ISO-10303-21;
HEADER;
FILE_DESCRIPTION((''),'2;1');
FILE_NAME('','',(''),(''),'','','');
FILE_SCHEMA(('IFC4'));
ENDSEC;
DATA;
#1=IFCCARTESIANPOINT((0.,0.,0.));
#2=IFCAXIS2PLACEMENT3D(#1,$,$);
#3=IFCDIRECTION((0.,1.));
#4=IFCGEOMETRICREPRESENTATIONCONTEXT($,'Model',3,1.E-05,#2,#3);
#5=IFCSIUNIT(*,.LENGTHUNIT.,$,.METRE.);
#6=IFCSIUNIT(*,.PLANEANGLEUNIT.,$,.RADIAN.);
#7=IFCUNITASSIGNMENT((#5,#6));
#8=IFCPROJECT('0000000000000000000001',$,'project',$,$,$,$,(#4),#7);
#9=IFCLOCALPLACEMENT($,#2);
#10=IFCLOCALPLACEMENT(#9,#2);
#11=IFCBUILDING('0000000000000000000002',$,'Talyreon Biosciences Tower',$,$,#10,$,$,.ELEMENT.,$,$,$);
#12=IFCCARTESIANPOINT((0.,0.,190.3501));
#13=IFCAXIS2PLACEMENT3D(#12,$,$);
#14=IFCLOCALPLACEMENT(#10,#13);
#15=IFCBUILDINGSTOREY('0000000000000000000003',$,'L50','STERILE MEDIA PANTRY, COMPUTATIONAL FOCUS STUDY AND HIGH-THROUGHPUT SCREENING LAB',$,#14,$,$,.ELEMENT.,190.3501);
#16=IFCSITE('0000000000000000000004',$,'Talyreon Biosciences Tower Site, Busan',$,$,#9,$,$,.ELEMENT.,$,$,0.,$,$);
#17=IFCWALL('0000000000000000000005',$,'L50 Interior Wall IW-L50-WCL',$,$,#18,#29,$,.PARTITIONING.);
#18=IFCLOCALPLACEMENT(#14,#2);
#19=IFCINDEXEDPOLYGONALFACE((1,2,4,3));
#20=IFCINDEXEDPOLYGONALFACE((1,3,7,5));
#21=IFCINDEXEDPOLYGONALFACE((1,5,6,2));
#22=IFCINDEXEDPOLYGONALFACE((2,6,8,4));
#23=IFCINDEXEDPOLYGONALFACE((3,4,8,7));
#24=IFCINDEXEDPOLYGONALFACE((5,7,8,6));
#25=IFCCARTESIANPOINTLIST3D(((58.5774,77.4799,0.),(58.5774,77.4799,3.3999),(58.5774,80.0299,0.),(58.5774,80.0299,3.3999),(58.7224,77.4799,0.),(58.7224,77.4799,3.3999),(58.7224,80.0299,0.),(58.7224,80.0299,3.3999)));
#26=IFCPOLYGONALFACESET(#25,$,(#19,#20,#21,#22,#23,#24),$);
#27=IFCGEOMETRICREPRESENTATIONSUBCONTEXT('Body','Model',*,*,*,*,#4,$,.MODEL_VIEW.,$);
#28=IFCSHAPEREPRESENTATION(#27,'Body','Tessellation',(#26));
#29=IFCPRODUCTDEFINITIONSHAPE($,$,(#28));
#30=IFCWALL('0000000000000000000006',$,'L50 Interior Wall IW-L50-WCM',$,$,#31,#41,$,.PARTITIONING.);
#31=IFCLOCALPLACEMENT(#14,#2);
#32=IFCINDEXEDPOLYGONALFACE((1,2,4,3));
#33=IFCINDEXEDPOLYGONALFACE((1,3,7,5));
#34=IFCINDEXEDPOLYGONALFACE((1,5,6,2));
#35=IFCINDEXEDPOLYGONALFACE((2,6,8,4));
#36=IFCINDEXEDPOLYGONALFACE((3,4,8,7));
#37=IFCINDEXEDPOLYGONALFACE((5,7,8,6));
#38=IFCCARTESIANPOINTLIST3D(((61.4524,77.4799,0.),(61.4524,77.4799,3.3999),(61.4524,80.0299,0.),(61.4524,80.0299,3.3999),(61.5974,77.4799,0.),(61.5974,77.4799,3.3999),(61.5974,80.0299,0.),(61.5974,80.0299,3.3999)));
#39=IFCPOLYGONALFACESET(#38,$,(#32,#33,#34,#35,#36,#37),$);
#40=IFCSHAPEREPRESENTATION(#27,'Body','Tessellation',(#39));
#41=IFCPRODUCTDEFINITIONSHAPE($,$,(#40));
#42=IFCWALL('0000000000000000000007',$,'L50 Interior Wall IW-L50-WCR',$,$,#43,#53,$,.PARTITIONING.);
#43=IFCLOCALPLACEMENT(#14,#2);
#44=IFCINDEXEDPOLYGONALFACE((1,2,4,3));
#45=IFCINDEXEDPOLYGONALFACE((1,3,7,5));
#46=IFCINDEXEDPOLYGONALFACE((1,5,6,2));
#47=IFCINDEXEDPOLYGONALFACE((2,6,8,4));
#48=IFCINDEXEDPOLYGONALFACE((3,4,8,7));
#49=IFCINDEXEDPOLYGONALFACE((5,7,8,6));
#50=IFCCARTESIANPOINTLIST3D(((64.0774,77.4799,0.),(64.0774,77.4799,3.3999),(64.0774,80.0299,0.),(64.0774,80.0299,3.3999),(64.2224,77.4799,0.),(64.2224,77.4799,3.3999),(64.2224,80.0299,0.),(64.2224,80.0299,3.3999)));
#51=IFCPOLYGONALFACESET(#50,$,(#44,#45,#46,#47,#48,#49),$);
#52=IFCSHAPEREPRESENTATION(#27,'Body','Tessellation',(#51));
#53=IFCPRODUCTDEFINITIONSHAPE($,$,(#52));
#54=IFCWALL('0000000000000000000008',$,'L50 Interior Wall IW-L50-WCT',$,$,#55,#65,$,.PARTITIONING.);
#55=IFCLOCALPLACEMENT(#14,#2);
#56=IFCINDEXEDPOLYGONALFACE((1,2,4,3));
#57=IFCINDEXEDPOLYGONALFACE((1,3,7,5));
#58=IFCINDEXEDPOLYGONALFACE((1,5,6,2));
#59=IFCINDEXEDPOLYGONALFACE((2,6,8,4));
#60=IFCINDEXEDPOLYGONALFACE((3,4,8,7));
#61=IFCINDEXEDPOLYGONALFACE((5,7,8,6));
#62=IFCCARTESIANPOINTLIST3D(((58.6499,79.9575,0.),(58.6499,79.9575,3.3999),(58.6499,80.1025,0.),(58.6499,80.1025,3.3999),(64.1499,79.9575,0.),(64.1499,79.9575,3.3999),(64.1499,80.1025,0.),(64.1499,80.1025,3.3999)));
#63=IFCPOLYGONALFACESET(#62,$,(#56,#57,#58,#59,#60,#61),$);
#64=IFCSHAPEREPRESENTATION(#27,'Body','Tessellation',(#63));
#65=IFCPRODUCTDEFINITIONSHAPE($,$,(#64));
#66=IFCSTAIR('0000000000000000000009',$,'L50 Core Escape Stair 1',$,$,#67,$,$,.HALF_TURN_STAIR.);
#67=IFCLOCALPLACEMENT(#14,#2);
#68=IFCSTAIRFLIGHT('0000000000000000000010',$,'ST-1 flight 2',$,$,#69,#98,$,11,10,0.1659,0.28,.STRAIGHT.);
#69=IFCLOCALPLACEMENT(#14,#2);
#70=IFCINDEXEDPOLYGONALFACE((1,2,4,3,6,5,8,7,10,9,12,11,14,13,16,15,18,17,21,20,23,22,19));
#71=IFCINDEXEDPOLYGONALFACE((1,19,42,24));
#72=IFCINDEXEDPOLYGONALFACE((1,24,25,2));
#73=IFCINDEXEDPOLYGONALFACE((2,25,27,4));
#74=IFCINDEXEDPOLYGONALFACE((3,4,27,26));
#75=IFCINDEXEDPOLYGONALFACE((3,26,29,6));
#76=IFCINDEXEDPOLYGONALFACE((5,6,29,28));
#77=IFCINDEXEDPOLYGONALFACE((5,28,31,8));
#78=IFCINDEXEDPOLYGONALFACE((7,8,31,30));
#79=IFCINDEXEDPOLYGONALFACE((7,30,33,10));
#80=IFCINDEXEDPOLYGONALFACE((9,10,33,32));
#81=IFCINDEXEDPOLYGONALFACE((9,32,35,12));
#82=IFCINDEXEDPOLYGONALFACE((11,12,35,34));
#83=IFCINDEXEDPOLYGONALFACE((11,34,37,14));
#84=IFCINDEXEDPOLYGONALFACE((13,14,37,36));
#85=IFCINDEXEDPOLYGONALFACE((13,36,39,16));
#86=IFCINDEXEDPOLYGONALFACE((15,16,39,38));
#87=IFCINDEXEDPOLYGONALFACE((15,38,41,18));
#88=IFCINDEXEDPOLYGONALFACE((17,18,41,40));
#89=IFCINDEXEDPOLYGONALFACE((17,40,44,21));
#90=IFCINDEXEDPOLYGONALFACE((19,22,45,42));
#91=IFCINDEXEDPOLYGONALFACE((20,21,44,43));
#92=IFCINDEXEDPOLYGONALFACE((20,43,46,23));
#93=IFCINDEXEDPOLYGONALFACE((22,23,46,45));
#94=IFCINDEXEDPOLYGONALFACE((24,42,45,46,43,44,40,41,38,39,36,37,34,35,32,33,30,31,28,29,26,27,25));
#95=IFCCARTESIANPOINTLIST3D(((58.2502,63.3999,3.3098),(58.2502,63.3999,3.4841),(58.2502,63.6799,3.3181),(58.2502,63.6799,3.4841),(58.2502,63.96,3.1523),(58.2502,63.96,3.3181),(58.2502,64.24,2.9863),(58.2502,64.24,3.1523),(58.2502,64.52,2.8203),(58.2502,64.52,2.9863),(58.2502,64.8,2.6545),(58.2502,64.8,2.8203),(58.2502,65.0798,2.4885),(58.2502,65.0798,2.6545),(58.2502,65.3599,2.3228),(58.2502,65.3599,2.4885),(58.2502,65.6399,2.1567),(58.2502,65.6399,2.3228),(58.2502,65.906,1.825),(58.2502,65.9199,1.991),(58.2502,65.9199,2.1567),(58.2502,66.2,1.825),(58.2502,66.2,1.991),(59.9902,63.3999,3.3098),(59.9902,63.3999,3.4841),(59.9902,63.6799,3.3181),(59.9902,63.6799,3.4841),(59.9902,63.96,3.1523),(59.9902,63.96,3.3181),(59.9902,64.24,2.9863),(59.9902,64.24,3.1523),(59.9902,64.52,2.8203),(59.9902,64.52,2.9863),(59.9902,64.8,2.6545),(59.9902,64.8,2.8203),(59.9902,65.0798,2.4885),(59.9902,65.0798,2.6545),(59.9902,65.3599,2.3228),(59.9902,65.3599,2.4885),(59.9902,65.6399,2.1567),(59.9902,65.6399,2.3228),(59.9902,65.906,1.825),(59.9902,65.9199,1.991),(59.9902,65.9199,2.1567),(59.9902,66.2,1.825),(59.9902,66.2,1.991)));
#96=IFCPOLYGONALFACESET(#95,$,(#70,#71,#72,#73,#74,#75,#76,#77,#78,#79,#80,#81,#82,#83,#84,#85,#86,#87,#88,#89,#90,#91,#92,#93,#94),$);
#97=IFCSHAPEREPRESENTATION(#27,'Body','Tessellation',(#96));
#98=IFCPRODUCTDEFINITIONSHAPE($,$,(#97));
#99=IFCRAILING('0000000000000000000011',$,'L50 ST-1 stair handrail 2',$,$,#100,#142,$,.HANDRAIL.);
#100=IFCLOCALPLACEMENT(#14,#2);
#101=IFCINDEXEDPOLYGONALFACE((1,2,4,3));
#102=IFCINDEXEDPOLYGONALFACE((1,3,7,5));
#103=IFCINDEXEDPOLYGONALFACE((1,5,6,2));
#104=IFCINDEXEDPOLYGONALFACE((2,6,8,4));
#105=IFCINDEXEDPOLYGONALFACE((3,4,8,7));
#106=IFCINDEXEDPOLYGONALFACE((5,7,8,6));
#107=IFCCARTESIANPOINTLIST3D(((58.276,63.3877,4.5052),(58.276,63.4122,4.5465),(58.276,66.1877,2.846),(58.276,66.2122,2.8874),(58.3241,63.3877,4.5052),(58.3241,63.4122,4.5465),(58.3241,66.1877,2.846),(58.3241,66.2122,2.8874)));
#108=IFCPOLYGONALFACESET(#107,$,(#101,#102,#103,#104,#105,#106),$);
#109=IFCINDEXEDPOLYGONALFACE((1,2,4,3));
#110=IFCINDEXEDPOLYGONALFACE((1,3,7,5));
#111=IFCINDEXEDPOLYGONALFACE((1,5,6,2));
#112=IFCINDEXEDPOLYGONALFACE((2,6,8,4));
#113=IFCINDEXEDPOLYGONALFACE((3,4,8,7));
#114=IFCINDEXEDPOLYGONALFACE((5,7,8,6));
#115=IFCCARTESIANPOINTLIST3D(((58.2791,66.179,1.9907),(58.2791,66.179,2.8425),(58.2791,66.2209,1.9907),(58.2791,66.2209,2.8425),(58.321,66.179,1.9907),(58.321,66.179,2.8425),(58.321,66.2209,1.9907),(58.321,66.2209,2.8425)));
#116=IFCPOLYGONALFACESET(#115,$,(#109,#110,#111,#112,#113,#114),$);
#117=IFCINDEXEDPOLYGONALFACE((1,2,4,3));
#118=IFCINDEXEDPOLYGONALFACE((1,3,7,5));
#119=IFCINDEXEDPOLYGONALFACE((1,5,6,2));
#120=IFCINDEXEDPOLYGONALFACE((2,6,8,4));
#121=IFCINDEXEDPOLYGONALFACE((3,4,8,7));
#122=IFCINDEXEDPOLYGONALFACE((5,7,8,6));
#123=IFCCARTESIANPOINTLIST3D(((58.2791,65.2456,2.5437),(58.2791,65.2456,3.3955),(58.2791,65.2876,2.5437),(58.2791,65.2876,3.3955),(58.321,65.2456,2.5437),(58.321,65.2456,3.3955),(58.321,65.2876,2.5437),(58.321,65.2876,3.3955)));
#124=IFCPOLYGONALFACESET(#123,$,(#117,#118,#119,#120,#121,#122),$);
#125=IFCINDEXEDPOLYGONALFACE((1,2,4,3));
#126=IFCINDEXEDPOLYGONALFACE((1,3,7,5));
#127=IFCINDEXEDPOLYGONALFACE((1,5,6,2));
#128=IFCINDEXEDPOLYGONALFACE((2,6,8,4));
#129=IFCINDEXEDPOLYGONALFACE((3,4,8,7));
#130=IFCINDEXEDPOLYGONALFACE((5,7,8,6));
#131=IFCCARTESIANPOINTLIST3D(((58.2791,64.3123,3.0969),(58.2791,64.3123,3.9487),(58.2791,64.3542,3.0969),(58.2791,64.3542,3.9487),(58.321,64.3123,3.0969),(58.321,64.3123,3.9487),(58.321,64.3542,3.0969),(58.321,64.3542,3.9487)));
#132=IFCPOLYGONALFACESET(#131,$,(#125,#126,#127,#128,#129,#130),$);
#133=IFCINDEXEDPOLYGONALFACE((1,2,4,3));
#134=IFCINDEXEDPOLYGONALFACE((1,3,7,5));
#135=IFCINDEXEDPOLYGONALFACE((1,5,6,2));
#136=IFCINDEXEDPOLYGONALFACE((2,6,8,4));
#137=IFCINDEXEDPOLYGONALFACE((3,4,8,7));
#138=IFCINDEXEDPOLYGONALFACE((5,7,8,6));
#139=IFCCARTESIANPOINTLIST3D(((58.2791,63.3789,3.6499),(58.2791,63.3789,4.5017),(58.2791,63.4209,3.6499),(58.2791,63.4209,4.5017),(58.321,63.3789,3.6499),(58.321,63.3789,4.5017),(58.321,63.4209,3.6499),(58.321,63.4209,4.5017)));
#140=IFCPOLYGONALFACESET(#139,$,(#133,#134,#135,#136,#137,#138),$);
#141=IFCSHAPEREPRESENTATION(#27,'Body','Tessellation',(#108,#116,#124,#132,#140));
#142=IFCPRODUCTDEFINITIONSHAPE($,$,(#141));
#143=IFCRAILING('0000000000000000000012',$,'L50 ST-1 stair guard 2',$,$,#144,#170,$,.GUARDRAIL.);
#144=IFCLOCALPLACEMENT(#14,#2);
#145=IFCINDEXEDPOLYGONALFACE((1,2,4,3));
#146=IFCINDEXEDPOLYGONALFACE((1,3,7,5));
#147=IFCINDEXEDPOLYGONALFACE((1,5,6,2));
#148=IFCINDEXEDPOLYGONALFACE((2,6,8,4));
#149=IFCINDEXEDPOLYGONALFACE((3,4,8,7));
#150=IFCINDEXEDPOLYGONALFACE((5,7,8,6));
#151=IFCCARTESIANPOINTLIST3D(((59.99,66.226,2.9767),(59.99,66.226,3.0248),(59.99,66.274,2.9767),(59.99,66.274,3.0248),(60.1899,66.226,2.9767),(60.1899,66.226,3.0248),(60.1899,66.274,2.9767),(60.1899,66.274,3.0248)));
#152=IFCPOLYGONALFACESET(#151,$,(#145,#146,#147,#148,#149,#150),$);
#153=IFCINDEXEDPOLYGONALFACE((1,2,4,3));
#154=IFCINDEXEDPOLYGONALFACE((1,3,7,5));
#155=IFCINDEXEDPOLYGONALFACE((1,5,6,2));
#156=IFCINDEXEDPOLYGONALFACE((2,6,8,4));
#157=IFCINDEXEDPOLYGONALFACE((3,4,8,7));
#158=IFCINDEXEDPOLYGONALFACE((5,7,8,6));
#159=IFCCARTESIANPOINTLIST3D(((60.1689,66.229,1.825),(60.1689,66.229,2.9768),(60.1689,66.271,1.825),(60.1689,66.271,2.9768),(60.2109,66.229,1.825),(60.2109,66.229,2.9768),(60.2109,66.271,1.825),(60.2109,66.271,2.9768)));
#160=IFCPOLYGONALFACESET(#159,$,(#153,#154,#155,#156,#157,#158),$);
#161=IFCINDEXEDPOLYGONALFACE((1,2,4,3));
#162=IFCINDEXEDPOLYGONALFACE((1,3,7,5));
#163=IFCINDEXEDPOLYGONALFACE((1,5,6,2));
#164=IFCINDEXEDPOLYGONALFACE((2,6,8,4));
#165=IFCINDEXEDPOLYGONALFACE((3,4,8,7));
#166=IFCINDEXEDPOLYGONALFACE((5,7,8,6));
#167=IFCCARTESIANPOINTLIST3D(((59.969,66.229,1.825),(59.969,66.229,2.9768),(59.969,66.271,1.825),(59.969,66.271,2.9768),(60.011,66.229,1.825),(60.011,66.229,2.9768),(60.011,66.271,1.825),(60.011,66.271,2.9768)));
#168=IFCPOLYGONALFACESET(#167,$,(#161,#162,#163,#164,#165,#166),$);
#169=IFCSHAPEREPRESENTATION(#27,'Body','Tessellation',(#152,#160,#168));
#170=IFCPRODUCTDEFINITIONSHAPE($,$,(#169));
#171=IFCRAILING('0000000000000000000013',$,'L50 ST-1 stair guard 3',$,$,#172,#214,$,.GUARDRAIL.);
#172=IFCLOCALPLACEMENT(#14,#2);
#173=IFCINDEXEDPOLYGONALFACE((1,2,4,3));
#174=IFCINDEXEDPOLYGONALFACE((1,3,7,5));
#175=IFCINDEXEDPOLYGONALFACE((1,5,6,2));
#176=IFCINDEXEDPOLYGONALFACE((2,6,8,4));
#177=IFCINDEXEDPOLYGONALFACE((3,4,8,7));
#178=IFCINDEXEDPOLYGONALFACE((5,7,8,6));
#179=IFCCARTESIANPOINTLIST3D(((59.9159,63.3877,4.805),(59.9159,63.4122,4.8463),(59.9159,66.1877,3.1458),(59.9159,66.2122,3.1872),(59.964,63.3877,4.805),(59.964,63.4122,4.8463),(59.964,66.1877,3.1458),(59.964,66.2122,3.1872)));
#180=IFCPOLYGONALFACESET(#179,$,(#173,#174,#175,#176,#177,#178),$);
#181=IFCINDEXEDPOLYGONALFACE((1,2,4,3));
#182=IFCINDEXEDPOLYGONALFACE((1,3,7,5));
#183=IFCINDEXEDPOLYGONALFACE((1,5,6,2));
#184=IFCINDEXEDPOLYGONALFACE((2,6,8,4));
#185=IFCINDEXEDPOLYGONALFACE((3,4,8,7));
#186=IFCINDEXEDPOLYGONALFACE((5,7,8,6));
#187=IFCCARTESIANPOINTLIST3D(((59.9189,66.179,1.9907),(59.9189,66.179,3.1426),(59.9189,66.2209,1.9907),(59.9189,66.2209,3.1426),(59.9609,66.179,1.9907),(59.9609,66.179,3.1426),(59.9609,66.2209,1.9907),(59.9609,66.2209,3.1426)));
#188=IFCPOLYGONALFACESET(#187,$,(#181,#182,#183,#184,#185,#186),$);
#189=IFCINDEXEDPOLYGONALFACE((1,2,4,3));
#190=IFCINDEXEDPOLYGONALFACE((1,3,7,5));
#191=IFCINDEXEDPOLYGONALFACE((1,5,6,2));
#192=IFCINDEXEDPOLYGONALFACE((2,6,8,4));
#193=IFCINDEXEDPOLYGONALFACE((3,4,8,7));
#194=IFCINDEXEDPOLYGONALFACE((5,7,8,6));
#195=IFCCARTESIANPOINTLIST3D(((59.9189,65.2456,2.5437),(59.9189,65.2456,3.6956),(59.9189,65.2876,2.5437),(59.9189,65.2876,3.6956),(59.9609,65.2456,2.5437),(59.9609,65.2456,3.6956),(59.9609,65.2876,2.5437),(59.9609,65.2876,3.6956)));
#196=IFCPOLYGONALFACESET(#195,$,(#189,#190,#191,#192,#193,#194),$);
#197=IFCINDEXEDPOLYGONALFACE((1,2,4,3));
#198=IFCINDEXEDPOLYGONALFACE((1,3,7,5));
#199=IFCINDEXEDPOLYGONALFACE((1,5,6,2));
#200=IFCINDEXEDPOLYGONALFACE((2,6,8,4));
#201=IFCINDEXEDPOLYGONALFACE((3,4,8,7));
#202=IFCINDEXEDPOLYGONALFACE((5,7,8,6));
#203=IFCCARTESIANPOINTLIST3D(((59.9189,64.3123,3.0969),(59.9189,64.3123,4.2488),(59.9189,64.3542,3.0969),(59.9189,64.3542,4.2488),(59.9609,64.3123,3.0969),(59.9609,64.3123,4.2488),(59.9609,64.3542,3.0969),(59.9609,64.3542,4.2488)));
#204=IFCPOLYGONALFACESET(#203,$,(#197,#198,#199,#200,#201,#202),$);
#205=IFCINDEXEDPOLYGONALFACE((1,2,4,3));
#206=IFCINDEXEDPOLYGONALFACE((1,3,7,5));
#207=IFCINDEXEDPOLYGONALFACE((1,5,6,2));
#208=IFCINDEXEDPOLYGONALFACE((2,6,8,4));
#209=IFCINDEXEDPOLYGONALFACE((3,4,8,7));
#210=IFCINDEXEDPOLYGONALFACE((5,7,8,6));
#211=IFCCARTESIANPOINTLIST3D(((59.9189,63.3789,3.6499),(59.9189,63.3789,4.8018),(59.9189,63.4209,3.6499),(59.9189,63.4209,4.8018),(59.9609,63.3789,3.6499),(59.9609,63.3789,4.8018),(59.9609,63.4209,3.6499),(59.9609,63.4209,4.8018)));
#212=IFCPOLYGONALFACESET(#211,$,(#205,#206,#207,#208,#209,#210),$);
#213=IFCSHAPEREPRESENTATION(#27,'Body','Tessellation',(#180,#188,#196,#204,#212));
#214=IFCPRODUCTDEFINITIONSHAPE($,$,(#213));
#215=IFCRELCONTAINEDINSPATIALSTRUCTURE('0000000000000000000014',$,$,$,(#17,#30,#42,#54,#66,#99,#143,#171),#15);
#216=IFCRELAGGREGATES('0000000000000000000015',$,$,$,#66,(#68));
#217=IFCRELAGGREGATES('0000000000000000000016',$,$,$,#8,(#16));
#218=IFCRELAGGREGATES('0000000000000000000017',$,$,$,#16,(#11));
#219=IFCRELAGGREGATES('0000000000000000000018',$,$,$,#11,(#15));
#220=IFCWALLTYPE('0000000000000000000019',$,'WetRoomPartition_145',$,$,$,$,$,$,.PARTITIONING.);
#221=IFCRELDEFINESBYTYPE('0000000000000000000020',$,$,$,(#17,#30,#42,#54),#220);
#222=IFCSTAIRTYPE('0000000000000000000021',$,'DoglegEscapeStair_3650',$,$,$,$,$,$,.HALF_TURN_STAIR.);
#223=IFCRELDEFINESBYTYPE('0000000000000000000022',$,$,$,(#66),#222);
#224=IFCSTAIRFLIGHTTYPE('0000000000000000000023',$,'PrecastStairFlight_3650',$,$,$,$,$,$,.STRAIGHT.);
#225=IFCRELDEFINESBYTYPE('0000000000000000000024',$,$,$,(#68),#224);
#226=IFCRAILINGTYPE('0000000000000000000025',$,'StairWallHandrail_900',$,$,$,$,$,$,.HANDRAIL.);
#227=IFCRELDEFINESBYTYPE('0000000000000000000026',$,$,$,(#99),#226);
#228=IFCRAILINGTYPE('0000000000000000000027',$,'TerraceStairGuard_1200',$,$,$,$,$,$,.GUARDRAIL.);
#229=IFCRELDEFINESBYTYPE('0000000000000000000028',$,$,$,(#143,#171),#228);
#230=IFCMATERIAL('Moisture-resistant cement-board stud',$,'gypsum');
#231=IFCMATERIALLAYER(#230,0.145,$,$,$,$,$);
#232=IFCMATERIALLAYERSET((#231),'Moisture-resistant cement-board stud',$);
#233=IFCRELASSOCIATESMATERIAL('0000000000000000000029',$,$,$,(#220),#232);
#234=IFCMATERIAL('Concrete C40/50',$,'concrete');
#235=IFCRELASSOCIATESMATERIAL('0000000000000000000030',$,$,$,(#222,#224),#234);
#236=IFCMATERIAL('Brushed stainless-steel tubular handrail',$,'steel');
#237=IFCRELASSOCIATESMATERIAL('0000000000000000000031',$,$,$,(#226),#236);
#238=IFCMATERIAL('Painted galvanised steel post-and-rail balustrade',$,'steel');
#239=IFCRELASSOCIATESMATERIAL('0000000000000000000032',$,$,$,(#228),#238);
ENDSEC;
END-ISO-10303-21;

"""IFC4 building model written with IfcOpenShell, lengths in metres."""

from ifc_helpers import new_model, si_unit, direction, frame, frame_2d, origin, origin_2d, place, context, subcontext, project, spatial, polyline, rectangle, outline, extrude, material, layer, layer_set, type_object, element, aggregate, save


model = new_model("IFC4")

# Units and contexts
model_context = context("Model", 3, precision=1e-05, world=origin(), true_north=direction((0.0, 1.0)))
body_context = subcontext(model_context, "Body", "Model", "MODEL_VIEW")
ifc_project = project(units=[si_unit("LENGTHUNIT", "METRE"), si_unit("PLANEANGLEUNIT", "RADIAN")], contexts=[model_context])

# Site, building, storey
site_placement = place(None, origin())
site = spatial("IfcSite", under=ifc_project, at=site_placement, Name="Talyreon Biosciences Tower Site, Busan", CompositionType="ELEMENT", RefElevation=0.0)
building_placement = place(site_placement, origin())
building = spatial("IfcBuilding", under=site, at=building_placement, Name="Talyreon Biosciences Tower", CompositionType="ELEMENT")
storey_placement = place(building_placement, frame((0.0, 0.0, 190.3501)))
storey = spatial("IfcBuildingStorey", under=building, at=storey_placement, Name="L50", Description="STERILE MEDIA PANTRY, COMPUTATIONAL FOCUS STUDY AND HIGH-THROUGHPUT SCREENING LAB", CompositionType="ELEMENT", Elevation=190.3501)

# Walls
ifc_material_1 = material(Name="Moisture-resistant cement-board stud", Category="gypsum")
ifc_layer_1 = layer(ifc_material_1, 0.145)
ifc_layer_set_1 = layer_set([ifc_layer_1], Name="Moisture-resistant cement-board stud")
wall_type_1 = type_object("IfcWallType", Name="WetRoomPartition_145", PredefinedType="PARTITIONING", material=ifc_layer_set_1)
for number, where, z_axis, x_axis, name in (
    (1, (58.6499, 77.48, 0.0), (0.0, 0.0, 1.0), (0.0, 1.0, 0.0), "L50 Interior Wall IW-L50-WCL"),
    (2, (61.5249, 77.48, 0.0), (0.0, 0.0, 1.0), (0.0, 1.0, 0.0), "L50 Interior Wall IW-L50-WCM"),
    (3, (64.1499, 77.48, 0.0), (0.0, 0.0, 1.0), (0.0, 1.0, 0.0), "L50 Interior Wall IW-L50-WCR"),
):
    element("IfcWall", number, at=place(storey_placement, frame(where, z_axis=z_axis, x_axis=x_axis)), inside=storey, type_object=wall_type_1, Name=name, PredefinedType="PARTITIONING", context=body_context, shape_type="SweptSolid", body=[
        extrude(rectangle(XDim=2.55, YDim=0.145, at=frame_2d((1.2749, 0.0))), origin(), (0.0, 0.0, 1.0), 3.3999),
    ])
wall_1_placement = place(storey_placement, frame((58.6499, 80.03, 0.0), z_axis=(0.0, 0.0, 1.0), x_axis=(1.0, 0.0, 0.0)))
element("IfcWall", 4, at=wall_1_placement, inside=storey, type_object=wall_type_1, Name="L50 Interior Wall IW-L50-WCT", PredefinedType="PARTITIONING", context=body_context, shape_type="SweptSolid", body=[
    extrude(rectangle(XDim=5.5, YDim=0.145, at=frame_2d((2.75, 0.0))), origin(), (0.0, 0.0, 1.0), 3.3999),
])

# Stair, stair flight
ifc_material_2 = material(Name="Concrete C40/50", Category="concrete")
stair_type = type_object("IfcStairType", Name="DoglegEscapeStair_3650", PredefinedType="HALF_TURN_STAIR", material=ifc_material_2)
stair_placement = place(storey_placement, origin())
stair = element("IfcStair", 5, at=stair_placement, inside=storey, type_object=stair_type, Name="L50 Core Escape Stair 1", PredefinedType="HALF_TURN_STAIR")
stair_flight_type = type_object("IfcStairFlightType", Name="PrecastStairFlight_3650", PredefinedType="STRAIGHT", material=ifc_material_2)
stair_flight_placement = place(storey_placement, frame((59.1201, 66.2, 1.825), z_axis=(0.0, 0.0, 1.0), x_axis=(0.0, -1.0, 0.0)))
stair_flight = element("IfcStairFlight", 6, at=stair_flight_placement, type_object=stair_flight_type, Name="ST-1 flight 2", NumberOfRisers=11, NumberOfTreads=10, PredefinedType="STRAIGHT", RiserHeight=0.1659, TreadLength=0.28, context=body_context, shape_type="SweptSolid", body=[
    extrude(outline(polyline([(0.0, 0.0), (0.0, 0.166), (0.28, 0.166), (0.28, 0.3318), (0.5601, 0.3318), (0.5601, 0.4978), (0.8401, 0.4978), (0.8401, 0.6636), (1.1201, 0.6636), (1.1201, 0.8296), (1.3999, 0.8296), (1.3999, 0.9954), (1.6799, 0.9954), (1.6799, 1.1614), (1.96, 1.1614), (1.96, 1.3274), (2.24, 1.3274), (2.24, 1.4932), (2.52, 1.4932), (2.52, 1.6592), (2.8, 1.6592), (2.8, 1.825), (2.8, 1.4849), (0.2939, 0.0), (0.0, 0.0)])), frame((0.0, 0.8701, 0.0), z_axis=(0.0, -1.0, 0.0), x_axis=(1.0, 0.0, 0.0)), (0.0, 0.0, 1.0), 1.74),
])
aggregate(stair, [stair_flight])

# Railings
ifc_material_3 = material(Name="Brushed stainless-steel tubular handrail", Category="steel")
railing_type_1 = type_object("IfcRailingType", Name="StairWallHandrail_900", PredefinedType="HANDRAIL", material=ifc_material_3)
railing_1_placement = place(storey_placement, frame((58.3, 66.2, 1.9907)))
element("IfcRailing", 7, at=railing_1_placement, inside=storey, type_object=railing_type_1, Name="L50 ST-1 stair handrail 2", PredefinedType="HANDRAIL", context=body_context, shape_type="SweptSolid", body=[
    extrude(rectangle(XDim=0.0481, YDim=0.0481, at=origin_2d()), frame((0.0, 0.0, 0.876), z_axis=(0.0, -0.860306, 0.509778), x_axis=(1.0, 0.0, 0.0)), (0.0, 0.0, 1.0), 3.2546),
    extrude(rectangle(XDim=0.042, YDim=0.042, at=origin_2d()), origin(), (0.0, 0.0, 1.0), 0.8518),
    extrude(rectangle(XDim=0.042, YDim=0.042, at=origin_2d()), frame((0.0, -0.9333, 0.553)), (0.0, 0.0, 1.0), 0.8518),
    extrude(rectangle(XDim=0.042, YDim=0.042, at=origin_2d()), frame((0.0, -1.8667, 1.1062)), (0.0, 0.0, 1.0), 0.8518),
    extrude(rectangle(XDim=0.042, YDim=0.042, at=origin_2d()), frame((0.0, -2.8, 1.6592)), (0.0, 0.0, 1.0), 0.8518),
])
ifc_material_4 = material(Name="Painted galvanised steel post-and-rail balustrade", Category="steel")
railing_type_2 = type_object("IfcRailingType", Name="TerraceStairGuard_1200", PredefinedType="GUARDRAIL", material=ifc_material_4)
railing_2_placement = place(storey_placement, frame((60.1899, 66.25, 1.825)))
element("IfcRailing", 8, at=railing_2_placement, inside=storey, type_object=railing_type_2, Name="L50 ST-1 stair guard 2", PredefinedType="GUARDRAIL", context=body_context, shape_type="SweptSolid", body=[
    extrude(rectangle(XDim=0.0481, YDim=0.0481, at=origin_2d()), frame((0.0, 0.0, 1.1758), z_axis=(-1.0, 0.0, 0.0), x_axis=(0.0, -1.0, 0.0)), (0.0, 0.0, 1.0), 0.2),
    extrude(rectangle(XDim=0.042, YDim=0.042, at=origin_2d()), origin(), (0.0, 0.0, 1.0), 1.1519),
    extrude(rectangle(XDim=0.042, YDim=0.042, at=origin_2d()), frame((-0.2, 0.0, 0.0)), (0.0, 0.0, 1.0), 1.1519),
])
railing_3_placement = place(storey_placement, frame((59.9399, 66.2, 1.9907)))
element("IfcRailing", 9, at=railing_3_placement, inside=storey, type_object=railing_type_2, Name="L50 ST-1 stair guard 3", PredefinedType="GUARDRAIL", context=body_context, shape_type="SweptSolid", body=[
    extrude(rectangle(XDim=0.0481, YDim=0.0481, at=origin_2d()), frame((0.0, 0.0, 1.1758), z_axis=(0.0, -0.860306, 0.509778), x_axis=(1.0, 0.0, 0.0)), (0.0, 0.0, 1.0), 3.2546),
    extrude(rectangle(XDim=0.042, YDim=0.042, at=origin_2d()), origin(), (0.0, 0.0, 1.0), 1.1519),
    extrude(rectangle(XDim=0.042, YDim=0.042, at=origin_2d()), frame((0.0, -0.9333, 0.553)), (0.0, 0.0, 1.0), 1.1519),
    extrude(rectangle(XDim=0.042, YDim=0.042, at=origin_2d()), frame((0.0, -1.8667, 1.1062)), (0.0, 0.0, 1.0), 1.1519),
    extrude(rectangle(XDim=0.042, YDim=0.042, at=origin_2d()), frame((0.0, -2.8, 1.6592)), (0.0, 0.0, 1.0), 1.1519),
])

save(model, "model.ifc")
